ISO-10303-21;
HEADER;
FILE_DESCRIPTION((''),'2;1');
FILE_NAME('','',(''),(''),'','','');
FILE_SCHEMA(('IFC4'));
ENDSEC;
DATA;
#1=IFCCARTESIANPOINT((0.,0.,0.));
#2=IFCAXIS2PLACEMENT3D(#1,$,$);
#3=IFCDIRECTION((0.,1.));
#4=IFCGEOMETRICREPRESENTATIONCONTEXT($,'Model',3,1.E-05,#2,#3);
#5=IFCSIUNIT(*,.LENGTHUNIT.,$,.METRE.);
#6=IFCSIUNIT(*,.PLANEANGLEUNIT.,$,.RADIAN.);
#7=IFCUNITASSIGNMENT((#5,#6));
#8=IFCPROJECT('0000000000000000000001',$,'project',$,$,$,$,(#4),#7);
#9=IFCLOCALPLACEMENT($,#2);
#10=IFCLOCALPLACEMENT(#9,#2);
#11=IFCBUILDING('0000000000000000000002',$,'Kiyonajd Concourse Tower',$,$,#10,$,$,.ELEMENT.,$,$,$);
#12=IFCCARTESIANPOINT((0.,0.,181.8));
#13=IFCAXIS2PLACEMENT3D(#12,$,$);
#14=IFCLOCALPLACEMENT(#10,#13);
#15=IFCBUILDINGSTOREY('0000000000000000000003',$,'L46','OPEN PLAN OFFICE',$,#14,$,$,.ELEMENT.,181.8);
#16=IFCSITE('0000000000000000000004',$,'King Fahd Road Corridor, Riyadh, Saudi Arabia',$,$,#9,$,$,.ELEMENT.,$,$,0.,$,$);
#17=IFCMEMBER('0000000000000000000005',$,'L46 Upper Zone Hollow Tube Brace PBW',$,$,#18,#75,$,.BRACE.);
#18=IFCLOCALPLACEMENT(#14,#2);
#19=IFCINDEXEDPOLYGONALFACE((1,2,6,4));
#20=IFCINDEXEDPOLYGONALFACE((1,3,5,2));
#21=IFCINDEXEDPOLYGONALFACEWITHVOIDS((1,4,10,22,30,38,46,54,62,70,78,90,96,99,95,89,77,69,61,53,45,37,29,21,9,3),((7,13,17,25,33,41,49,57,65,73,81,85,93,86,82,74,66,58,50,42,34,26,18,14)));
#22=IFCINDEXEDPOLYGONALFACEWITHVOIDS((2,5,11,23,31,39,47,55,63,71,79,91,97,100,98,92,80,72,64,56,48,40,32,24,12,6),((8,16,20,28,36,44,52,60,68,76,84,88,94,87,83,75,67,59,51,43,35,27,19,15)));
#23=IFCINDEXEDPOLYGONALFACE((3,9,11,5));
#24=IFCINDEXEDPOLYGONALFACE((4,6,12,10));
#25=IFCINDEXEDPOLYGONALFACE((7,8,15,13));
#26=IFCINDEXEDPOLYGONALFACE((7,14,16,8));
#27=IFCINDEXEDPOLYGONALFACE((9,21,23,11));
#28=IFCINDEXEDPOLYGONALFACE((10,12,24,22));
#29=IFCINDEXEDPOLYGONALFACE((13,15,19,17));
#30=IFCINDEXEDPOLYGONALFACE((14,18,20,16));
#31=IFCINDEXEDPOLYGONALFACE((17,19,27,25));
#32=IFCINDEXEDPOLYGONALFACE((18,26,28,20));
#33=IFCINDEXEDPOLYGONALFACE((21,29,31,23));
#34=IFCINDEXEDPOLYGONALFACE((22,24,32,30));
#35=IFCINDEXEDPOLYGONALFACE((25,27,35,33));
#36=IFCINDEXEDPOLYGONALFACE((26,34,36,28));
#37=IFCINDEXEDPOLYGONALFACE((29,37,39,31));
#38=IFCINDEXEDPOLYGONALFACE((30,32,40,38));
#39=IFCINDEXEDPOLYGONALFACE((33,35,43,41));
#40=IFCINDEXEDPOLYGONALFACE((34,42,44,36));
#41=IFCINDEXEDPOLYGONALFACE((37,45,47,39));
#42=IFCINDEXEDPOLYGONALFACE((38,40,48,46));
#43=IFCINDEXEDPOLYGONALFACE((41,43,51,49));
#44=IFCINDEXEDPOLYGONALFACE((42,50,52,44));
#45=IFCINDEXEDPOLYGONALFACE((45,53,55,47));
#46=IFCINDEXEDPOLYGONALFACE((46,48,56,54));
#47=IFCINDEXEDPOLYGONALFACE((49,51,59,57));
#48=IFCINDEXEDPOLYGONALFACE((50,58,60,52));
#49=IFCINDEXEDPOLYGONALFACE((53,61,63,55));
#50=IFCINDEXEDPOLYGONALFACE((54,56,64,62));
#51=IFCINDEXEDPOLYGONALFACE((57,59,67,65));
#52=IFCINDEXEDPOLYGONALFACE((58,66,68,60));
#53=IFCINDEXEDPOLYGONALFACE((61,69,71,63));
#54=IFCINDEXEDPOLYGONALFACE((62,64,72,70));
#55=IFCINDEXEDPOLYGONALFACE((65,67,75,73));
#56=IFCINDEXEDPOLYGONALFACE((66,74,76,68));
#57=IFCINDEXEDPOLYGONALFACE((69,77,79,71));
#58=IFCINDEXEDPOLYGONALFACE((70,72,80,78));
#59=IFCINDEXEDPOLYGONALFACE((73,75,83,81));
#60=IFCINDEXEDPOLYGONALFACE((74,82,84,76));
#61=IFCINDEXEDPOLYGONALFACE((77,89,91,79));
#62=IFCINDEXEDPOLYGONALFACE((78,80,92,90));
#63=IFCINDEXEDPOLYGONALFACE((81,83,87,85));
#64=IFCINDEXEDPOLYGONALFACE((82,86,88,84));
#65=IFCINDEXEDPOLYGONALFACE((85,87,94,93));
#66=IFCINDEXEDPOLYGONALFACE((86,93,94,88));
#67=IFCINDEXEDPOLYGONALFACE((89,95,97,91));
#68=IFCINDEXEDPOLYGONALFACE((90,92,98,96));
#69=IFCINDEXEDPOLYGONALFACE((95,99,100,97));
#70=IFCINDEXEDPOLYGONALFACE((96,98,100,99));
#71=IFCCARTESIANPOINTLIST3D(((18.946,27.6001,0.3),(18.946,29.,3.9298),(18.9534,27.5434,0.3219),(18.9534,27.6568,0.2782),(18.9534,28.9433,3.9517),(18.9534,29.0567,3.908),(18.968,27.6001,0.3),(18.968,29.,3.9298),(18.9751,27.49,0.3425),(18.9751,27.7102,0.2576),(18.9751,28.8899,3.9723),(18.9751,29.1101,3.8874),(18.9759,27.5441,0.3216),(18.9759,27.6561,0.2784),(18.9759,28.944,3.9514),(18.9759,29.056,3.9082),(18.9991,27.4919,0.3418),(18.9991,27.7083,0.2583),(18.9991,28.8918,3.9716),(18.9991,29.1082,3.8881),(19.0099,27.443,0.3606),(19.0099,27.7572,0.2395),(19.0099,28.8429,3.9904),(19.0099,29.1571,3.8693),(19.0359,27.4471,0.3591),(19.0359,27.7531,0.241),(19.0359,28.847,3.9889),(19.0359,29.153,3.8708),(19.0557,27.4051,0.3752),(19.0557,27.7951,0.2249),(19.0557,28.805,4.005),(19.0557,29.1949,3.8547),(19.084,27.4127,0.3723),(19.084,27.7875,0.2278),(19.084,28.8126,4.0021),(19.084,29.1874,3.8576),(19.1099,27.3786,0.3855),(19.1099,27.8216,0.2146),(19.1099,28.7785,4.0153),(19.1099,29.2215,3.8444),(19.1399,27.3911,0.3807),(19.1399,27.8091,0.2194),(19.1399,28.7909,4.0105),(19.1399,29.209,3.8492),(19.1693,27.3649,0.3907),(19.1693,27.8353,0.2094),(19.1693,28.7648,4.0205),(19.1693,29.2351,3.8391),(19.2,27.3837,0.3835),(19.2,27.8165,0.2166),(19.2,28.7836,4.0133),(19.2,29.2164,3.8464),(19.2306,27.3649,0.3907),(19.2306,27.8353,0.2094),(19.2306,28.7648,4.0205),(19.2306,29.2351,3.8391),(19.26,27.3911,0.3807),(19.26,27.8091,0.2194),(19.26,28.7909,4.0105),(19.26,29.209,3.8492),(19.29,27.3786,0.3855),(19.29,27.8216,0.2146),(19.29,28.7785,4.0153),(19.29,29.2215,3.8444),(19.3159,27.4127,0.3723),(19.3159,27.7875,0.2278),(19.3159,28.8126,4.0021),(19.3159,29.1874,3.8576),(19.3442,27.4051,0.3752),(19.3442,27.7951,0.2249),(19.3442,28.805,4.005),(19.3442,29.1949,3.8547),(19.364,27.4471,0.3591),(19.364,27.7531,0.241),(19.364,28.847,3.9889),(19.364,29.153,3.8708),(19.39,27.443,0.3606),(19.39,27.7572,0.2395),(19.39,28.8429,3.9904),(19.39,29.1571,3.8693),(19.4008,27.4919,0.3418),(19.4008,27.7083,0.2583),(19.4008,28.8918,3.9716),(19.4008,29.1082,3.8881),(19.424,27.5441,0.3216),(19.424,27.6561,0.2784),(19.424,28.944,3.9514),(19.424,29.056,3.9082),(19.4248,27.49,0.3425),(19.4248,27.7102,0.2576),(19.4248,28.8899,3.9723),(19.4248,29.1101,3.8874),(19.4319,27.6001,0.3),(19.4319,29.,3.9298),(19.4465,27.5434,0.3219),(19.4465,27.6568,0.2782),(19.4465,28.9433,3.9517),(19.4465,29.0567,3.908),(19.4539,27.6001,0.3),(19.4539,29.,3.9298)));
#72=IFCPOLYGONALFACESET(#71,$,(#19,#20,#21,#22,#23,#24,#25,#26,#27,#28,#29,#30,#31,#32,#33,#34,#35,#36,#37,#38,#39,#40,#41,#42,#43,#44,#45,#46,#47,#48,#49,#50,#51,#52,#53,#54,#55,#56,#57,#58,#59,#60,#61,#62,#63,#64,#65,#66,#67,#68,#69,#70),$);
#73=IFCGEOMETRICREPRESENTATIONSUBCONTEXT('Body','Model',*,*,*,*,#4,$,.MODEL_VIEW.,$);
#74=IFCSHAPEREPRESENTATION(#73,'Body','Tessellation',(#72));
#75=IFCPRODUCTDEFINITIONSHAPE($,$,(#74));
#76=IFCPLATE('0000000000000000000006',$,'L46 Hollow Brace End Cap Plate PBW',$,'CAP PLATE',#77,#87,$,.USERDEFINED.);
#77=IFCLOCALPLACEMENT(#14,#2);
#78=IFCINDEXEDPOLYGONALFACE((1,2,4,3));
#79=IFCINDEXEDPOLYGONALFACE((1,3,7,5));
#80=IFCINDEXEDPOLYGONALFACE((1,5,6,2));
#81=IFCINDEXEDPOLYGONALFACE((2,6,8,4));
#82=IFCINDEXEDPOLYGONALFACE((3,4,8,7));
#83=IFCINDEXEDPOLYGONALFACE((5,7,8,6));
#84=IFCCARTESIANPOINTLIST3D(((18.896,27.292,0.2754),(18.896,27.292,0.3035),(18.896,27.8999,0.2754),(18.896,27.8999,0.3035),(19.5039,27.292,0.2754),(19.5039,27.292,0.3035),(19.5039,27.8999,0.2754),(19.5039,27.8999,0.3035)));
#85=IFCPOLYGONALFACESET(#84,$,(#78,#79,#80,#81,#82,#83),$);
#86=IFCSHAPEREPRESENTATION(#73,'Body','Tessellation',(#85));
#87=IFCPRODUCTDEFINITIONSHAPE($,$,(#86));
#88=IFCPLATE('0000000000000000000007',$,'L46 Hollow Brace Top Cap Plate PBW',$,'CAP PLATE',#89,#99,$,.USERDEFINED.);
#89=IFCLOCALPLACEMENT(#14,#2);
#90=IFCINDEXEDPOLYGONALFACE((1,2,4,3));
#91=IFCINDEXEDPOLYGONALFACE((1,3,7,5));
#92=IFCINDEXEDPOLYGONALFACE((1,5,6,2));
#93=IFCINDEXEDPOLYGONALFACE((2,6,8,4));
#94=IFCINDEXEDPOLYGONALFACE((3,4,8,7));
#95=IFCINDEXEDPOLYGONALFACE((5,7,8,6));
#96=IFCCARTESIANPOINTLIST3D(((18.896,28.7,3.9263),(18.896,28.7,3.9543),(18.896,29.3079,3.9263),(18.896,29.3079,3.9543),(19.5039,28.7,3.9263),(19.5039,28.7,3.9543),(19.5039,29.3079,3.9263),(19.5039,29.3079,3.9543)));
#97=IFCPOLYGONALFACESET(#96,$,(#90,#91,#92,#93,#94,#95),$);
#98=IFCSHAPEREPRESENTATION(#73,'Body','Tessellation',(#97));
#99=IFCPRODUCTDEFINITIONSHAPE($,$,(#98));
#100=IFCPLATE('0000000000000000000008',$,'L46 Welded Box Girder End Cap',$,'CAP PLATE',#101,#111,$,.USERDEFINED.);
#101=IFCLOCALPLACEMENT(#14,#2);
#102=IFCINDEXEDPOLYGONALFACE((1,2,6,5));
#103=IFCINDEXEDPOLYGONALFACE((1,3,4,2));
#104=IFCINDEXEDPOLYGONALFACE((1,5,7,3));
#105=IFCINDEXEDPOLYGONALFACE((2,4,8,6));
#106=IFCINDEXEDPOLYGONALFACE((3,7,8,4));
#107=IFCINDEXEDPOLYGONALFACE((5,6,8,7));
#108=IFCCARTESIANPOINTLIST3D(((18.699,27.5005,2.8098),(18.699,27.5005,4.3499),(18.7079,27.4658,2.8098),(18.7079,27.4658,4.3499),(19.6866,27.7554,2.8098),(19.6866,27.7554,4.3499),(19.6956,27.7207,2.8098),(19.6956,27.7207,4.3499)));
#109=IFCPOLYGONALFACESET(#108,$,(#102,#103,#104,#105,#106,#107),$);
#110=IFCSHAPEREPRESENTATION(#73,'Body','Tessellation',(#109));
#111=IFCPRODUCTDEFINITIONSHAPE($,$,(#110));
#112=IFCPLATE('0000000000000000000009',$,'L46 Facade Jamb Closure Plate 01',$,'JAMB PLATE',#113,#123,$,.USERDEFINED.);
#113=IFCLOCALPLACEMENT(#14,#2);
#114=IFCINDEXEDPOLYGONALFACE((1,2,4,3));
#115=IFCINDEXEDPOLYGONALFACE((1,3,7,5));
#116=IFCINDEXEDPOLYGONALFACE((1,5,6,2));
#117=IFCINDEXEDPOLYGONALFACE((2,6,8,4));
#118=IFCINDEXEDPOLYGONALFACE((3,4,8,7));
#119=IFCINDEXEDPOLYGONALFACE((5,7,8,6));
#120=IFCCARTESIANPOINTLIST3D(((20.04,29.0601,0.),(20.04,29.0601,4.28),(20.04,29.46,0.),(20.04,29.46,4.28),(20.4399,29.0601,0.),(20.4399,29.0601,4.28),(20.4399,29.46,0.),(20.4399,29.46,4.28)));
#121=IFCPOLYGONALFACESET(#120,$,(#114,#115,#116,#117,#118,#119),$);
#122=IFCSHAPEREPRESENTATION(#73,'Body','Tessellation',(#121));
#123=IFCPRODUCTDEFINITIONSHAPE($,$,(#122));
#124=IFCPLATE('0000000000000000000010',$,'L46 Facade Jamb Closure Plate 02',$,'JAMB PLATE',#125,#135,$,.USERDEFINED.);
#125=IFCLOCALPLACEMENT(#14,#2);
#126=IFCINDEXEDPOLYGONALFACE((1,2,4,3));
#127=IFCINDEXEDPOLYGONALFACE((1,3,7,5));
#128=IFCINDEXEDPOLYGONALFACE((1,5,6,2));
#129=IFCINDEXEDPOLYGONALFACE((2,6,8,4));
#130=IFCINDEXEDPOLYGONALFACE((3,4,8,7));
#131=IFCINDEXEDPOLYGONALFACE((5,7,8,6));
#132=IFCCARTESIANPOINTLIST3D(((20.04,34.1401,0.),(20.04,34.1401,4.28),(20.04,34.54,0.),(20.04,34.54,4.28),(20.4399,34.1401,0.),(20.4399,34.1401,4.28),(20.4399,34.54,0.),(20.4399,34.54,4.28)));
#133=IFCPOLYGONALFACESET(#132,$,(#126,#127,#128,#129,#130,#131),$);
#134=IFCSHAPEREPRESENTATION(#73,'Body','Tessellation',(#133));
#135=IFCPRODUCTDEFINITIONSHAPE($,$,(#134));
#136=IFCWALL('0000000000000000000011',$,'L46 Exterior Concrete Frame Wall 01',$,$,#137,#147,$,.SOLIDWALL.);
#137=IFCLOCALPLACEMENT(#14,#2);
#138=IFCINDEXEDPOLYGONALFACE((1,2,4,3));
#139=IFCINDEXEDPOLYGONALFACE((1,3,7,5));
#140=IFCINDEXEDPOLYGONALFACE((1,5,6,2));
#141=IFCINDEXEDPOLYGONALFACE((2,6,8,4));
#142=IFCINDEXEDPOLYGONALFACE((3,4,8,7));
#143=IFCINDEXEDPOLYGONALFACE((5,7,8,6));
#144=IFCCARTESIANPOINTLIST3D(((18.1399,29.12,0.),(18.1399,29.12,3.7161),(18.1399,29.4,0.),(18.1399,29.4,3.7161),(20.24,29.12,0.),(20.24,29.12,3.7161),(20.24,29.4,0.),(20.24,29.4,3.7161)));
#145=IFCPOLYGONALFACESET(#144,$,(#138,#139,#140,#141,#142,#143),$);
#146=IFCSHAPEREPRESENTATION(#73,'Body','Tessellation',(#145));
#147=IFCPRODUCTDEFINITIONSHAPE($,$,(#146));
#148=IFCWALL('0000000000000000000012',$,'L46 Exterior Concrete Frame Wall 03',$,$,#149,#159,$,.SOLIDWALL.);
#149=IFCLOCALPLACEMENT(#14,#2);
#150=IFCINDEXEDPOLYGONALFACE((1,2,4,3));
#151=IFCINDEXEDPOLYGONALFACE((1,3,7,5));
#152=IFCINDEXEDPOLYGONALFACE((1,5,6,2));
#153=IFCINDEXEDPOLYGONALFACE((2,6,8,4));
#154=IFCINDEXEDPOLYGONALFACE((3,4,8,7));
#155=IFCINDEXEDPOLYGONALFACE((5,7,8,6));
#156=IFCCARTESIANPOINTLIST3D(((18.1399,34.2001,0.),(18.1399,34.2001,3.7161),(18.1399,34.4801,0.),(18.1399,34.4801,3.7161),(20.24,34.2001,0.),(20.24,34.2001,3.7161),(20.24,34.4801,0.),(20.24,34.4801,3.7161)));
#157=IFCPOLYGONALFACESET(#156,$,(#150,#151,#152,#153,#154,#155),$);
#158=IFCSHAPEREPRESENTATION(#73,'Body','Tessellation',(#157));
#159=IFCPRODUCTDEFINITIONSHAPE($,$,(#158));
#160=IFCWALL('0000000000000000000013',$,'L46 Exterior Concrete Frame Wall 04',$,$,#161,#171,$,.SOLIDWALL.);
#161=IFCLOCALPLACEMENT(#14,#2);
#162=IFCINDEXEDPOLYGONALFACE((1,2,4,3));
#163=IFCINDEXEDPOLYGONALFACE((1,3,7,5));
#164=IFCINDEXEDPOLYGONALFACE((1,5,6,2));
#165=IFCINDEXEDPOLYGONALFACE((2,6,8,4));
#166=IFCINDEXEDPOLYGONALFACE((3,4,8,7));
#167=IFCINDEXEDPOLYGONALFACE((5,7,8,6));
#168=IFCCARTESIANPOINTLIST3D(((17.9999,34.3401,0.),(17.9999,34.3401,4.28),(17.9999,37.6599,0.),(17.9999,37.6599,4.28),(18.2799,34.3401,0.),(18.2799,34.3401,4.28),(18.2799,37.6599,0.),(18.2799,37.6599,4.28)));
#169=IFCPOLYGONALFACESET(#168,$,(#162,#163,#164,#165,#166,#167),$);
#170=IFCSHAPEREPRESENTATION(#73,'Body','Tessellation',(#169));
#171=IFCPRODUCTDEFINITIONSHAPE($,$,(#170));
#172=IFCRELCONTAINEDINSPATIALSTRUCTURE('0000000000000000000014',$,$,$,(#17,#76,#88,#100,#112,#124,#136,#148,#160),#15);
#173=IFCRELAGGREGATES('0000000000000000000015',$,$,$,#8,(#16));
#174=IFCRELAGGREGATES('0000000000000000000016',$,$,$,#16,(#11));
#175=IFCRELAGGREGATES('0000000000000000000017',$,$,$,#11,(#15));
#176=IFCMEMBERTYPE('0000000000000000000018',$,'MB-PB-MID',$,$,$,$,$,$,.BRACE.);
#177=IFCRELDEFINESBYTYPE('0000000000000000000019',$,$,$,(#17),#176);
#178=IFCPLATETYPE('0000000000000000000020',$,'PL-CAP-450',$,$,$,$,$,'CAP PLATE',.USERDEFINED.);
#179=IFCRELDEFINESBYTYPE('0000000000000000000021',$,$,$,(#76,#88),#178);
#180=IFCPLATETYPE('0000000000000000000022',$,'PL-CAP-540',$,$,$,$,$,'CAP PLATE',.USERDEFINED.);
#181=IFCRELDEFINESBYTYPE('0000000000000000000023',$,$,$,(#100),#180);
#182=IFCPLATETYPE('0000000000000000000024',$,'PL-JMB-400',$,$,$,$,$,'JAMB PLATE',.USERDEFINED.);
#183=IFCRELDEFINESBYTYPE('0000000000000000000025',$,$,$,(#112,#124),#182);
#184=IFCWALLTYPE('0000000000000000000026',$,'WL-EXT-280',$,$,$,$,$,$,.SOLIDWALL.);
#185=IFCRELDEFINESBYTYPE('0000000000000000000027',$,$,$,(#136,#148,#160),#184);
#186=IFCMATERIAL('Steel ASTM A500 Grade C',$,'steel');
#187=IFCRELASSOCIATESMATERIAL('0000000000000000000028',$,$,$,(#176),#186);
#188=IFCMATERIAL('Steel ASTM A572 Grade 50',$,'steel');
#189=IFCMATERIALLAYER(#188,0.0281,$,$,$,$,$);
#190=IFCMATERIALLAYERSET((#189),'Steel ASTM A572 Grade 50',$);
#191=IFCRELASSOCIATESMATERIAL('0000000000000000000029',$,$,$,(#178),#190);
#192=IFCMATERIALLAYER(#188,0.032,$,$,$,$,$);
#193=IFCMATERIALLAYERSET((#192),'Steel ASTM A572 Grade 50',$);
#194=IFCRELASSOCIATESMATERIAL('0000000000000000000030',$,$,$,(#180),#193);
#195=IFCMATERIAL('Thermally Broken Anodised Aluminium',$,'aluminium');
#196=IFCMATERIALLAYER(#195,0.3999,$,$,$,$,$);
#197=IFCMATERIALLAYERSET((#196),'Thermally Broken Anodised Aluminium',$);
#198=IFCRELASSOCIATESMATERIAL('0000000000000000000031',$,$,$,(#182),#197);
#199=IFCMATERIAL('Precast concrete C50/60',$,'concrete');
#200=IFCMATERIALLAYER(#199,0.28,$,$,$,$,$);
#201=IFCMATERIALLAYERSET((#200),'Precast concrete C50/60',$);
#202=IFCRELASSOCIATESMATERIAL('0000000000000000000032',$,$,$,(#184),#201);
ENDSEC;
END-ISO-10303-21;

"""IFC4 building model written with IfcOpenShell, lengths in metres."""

from ifc_helpers import new_model, si_unit, direction, frame, frame_2d, origin, origin_2d, place, context, subcontext, project, spatial, rectangle, hollow_circle, extrude, material, layer, layer_set, material_profile, profile_set, type_object, element, save


model = new_model("IFC4")

# Units and contexts
model_context = context("Model", 3, precision=1e-05, world=origin(), true_north=direction((0.0, 1.0)))
body_context = subcontext(model_context, "Body", "Model", "MODEL_VIEW")
ifc_project = project(units=[si_unit("LENGTHUNIT", "METRE"), si_unit("PLANEANGLEUNIT", "RADIAN")], contexts=[model_context])

# Site, building, storey
site_placement = place(None, origin())
site = spatial("IfcSite", under=ifc_project, at=site_placement, Name="King Fahd Road Corridor, Riyadh, Saudi Arabia", CompositionType="ELEMENT", RefElevation=0.0)
building_placement = place(site_placement, origin())
building = spatial("IfcBuilding", under=site, at=building_placement, Name="Kiyonajd Concourse Tower", CompositionType="ELEMENT")
storey_placement = place(building_placement, frame((0.0, 0.0, 181.8)))
storey = spatial("IfcBuildingStorey", under=building, at=storey_placement, Name="L46", Description="OPEN PLAN OFFICE", CompositionType="ELEMENT", Elevation=181.8)

# Shared definitions
ifc_material_1 = material(Name="Steel ASTM A572 Grade 50", Category="steel")

# Member
ifc_material_2 = material(Name="Steel ASTM A500 Grade C", Category="steel")
ifc_material_profile_1 = material_profile(ifc_material_2, hollow_circle(Radius=0.2539, WallThickness=0.022, at=origin_2d()), Name="CHS-508x22")
ifc_profile_set_1 = profile_set([ifc_material_profile_1], Name="Steel ASTM A500 Grade C")
member_type = type_object("IfcMemberType", Name="MB-PB-MID", PredefinedType="BRACE", material=ifc_profile_set_1)
member_placement = place(storey_placement, frame((19.2, 27.6001, 0.3), z_axis=(0.0, 0.359828, 0.933019), x_axis=(-1.0, 0.0, 0.0)))
element("IfcMember", 1, at=member_placement, inside=storey, type_object=member_type, Name="L46 Upper Zone Hollow Tube Brace PBW", PredefinedType="BRACE", context=body_context, shape_type="SweptSolid", body=[
    extrude(hollow_circle(Radius=0.2539, WallThickness=0.022, at=origin_2d()), origin(), (0.0, 0.0, 1.0), 3.8904),
])

# Plates
ifc_layer_1 = layer(ifc_material_1, 0.0281)
ifc_layer_set_1 = layer_set([ifc_layer_1], Name="Steel ASTM A572 Grade 50")
plate_type_1 = type_object("IfcPlateType", Name="PL-CAP-450", ElementType="CAP PLATE", PredefinedType="USERDEFINED", material=ifc_layer_set_1)
for number, where, z_axis, x_axis, name in (
    (2, (19.2, 27.5959, 0.2754), (0.0, 0.0, 1.0), (1.0, 0.0, 0.0), "L46 Hollow Brace End Cap Plate PBW"),
    (3, (19.2, 29.0039, 3.9263), (0.0, 0.0, 1.0), (1.0, 0.0, 0.0), "L46 Hollow Brace Top Cap Plate PBW"),
):
    element("IfcPlate", number, at=place(storey_placement, frame(where, z_axis=z_axis, x_axis=x_axis)), inside=storey, type_object=plate_type_1, Name=name, ObjectType="CAP PLATE", PredefinedType="USERDEFINED", context=body_context, shape_type="SweptSolid", body=[
        extrude(rectangle(XDim=0.6079, YDim=0.6079, at=origin_2d()), origin(), (0.0, 0.0, 1.0), 0.0281),
    ])
ifc_layer_2 = layer(ifc_material_1, 0.032)
ifc_layer_set_2 = layer_set([ifc_layer_2], Name="Steel ASTM A572 Grade 50")
plate_type_2 = type_object("IfcPlateType", Name="PL-CAP-540", ElementType="CAP PLATE", PredefinedType="USERDEFINED", material=ifc_layer_set_2)
plate_placement = place(storey_placement, frame((19.1973, 27.6106, 2.8098), z_axis=(0.0, 0.0, 1.0), x_axis=(-0.249873, 0.968279, 0.0)))
element("IfcPlate", 4, at=plate_placement, inside=storey, type_object=plate_type_2, Name="L46 Welded Box Girder End Cap", ObjectType="CAP PLATE", PredefinedType="USERDEFINED", context=body_context, shape_type="SweptSolid", body=[
    extrude(rectangle(XDim=0.0359, YDim=1.02, at=origin_2d()), origin(), (0.0, 0.0, 1.0), 1.54),
])
ifc_material_3 = material(Name="Thermally Broken Anodised Aluminium", Category="aluminium")
ifc_layer_3 = layer(ifc_material_3, 0.3999)
ifc_layer_set_3 = layer_set([ifc_layer_3], Name="Thermally Broken Anodised Aluminium")
plate_type_3 = type_object("IfcPlateType", Name="PL-JMB-400", ElementType="JAMB PLATE", PredefinedType="USERDEFINED", material=ifc_layer_set_3)
for number, where, z_axis, x_axis, name in (
    (5, (20.24, 29.26, 0.0), (0.0, 0.0, 1.0), (1.0, 0.0, 0.0), "L46 Facade Jamb Closure Plate 01"),
    (6, (20.24, 34.3401, 0.0), (0.0, 0.0, 1.0), (1.0, 0.0, 0.0), "L46 Facade Jamb Closure Plate 02"),
):
    element("IfcPlate", number, at=place(storey_placement, frame(where, z_axis=z_axis, x_axis=x_axis)), inside=storey, type_object=plate_type_3, Name=name, ObjectType="JAMB PLATE", PredefinedType="USERDEFINED", context=body_context, shape_type="SweptSolid", body=[
        extrude(rectangle(XDim=0.3999, YDim=0.3999, at=origin_2d()), origin(), (0.0, 0.0, 1.0), 4.28),
    ])

# Walls
ifc_material_4 = material(Name="Precast concrete C50/60", Category="concrete")
ifc_layer_4 = layer(ifc_material_4, 0.28)
ifc_layer_set_4 = layer_set([ifc_layer_4], Name="Precast concrete C50/60")
wall_type_1 = type_object("IfcWallType", Name="WL-EXT-280", PredefinedType="SOLIDWALL", material=ifc_layer_set_4)
for number, where, z_axis, x_axis, name in (
    (7, (18.1399, 29.26, 0.0), (0.0, 0.0, 1.0), (1.0, 0.0, 0.0), "L46 Exterior Concrete Frame Wall 01"),
    (8, (20.24, 34.3401, 0.0), (0.0, 0.0, 1.0), (-1.0, 0.0, 0.0), "L46 Exterior Concrete Frame Wall 03"),
):
    element("IfcWall", number, at=place(storey_placement, frame(where, z_axis=z_axis, x_axis=x_axis)), inside=storey, type_object=wall_type_1, Name=name, PredefinedType="SOLIDWALL", context=body_context, shape_type="SweptSolid", body=[
        extrude(rectangle(XDim=2.1001, YDim=0.28, at=frame_2d((1.05, 0.0))), origin(), (0.0, 0.0, 1.0), 3.7161),
    ])
wall_1_placement = place(storey_placement, frame((18.1399, 34.3401, 0.0), z_axis=(0.0, 0.0, 1.0), x_axis=(0.0, 1.0, 0.0)))
element("IfcWall", 9, at=wall_1_placement, inside=storey, type_object=wall_type_1, Name="L46 Exterior Concrete Frame Wall 04", PredefinedType="SOLIDWALL", context=body_context, shape_type="SweptSolid", body=[
    extrude(rectangle(XDim=3.3198, YDim=0.28, at=frame_2d((1.6599, 0.0))), origin(), (0.0, 0.0, 1.0), 4.28),
])

save(model, "model.ifc")
